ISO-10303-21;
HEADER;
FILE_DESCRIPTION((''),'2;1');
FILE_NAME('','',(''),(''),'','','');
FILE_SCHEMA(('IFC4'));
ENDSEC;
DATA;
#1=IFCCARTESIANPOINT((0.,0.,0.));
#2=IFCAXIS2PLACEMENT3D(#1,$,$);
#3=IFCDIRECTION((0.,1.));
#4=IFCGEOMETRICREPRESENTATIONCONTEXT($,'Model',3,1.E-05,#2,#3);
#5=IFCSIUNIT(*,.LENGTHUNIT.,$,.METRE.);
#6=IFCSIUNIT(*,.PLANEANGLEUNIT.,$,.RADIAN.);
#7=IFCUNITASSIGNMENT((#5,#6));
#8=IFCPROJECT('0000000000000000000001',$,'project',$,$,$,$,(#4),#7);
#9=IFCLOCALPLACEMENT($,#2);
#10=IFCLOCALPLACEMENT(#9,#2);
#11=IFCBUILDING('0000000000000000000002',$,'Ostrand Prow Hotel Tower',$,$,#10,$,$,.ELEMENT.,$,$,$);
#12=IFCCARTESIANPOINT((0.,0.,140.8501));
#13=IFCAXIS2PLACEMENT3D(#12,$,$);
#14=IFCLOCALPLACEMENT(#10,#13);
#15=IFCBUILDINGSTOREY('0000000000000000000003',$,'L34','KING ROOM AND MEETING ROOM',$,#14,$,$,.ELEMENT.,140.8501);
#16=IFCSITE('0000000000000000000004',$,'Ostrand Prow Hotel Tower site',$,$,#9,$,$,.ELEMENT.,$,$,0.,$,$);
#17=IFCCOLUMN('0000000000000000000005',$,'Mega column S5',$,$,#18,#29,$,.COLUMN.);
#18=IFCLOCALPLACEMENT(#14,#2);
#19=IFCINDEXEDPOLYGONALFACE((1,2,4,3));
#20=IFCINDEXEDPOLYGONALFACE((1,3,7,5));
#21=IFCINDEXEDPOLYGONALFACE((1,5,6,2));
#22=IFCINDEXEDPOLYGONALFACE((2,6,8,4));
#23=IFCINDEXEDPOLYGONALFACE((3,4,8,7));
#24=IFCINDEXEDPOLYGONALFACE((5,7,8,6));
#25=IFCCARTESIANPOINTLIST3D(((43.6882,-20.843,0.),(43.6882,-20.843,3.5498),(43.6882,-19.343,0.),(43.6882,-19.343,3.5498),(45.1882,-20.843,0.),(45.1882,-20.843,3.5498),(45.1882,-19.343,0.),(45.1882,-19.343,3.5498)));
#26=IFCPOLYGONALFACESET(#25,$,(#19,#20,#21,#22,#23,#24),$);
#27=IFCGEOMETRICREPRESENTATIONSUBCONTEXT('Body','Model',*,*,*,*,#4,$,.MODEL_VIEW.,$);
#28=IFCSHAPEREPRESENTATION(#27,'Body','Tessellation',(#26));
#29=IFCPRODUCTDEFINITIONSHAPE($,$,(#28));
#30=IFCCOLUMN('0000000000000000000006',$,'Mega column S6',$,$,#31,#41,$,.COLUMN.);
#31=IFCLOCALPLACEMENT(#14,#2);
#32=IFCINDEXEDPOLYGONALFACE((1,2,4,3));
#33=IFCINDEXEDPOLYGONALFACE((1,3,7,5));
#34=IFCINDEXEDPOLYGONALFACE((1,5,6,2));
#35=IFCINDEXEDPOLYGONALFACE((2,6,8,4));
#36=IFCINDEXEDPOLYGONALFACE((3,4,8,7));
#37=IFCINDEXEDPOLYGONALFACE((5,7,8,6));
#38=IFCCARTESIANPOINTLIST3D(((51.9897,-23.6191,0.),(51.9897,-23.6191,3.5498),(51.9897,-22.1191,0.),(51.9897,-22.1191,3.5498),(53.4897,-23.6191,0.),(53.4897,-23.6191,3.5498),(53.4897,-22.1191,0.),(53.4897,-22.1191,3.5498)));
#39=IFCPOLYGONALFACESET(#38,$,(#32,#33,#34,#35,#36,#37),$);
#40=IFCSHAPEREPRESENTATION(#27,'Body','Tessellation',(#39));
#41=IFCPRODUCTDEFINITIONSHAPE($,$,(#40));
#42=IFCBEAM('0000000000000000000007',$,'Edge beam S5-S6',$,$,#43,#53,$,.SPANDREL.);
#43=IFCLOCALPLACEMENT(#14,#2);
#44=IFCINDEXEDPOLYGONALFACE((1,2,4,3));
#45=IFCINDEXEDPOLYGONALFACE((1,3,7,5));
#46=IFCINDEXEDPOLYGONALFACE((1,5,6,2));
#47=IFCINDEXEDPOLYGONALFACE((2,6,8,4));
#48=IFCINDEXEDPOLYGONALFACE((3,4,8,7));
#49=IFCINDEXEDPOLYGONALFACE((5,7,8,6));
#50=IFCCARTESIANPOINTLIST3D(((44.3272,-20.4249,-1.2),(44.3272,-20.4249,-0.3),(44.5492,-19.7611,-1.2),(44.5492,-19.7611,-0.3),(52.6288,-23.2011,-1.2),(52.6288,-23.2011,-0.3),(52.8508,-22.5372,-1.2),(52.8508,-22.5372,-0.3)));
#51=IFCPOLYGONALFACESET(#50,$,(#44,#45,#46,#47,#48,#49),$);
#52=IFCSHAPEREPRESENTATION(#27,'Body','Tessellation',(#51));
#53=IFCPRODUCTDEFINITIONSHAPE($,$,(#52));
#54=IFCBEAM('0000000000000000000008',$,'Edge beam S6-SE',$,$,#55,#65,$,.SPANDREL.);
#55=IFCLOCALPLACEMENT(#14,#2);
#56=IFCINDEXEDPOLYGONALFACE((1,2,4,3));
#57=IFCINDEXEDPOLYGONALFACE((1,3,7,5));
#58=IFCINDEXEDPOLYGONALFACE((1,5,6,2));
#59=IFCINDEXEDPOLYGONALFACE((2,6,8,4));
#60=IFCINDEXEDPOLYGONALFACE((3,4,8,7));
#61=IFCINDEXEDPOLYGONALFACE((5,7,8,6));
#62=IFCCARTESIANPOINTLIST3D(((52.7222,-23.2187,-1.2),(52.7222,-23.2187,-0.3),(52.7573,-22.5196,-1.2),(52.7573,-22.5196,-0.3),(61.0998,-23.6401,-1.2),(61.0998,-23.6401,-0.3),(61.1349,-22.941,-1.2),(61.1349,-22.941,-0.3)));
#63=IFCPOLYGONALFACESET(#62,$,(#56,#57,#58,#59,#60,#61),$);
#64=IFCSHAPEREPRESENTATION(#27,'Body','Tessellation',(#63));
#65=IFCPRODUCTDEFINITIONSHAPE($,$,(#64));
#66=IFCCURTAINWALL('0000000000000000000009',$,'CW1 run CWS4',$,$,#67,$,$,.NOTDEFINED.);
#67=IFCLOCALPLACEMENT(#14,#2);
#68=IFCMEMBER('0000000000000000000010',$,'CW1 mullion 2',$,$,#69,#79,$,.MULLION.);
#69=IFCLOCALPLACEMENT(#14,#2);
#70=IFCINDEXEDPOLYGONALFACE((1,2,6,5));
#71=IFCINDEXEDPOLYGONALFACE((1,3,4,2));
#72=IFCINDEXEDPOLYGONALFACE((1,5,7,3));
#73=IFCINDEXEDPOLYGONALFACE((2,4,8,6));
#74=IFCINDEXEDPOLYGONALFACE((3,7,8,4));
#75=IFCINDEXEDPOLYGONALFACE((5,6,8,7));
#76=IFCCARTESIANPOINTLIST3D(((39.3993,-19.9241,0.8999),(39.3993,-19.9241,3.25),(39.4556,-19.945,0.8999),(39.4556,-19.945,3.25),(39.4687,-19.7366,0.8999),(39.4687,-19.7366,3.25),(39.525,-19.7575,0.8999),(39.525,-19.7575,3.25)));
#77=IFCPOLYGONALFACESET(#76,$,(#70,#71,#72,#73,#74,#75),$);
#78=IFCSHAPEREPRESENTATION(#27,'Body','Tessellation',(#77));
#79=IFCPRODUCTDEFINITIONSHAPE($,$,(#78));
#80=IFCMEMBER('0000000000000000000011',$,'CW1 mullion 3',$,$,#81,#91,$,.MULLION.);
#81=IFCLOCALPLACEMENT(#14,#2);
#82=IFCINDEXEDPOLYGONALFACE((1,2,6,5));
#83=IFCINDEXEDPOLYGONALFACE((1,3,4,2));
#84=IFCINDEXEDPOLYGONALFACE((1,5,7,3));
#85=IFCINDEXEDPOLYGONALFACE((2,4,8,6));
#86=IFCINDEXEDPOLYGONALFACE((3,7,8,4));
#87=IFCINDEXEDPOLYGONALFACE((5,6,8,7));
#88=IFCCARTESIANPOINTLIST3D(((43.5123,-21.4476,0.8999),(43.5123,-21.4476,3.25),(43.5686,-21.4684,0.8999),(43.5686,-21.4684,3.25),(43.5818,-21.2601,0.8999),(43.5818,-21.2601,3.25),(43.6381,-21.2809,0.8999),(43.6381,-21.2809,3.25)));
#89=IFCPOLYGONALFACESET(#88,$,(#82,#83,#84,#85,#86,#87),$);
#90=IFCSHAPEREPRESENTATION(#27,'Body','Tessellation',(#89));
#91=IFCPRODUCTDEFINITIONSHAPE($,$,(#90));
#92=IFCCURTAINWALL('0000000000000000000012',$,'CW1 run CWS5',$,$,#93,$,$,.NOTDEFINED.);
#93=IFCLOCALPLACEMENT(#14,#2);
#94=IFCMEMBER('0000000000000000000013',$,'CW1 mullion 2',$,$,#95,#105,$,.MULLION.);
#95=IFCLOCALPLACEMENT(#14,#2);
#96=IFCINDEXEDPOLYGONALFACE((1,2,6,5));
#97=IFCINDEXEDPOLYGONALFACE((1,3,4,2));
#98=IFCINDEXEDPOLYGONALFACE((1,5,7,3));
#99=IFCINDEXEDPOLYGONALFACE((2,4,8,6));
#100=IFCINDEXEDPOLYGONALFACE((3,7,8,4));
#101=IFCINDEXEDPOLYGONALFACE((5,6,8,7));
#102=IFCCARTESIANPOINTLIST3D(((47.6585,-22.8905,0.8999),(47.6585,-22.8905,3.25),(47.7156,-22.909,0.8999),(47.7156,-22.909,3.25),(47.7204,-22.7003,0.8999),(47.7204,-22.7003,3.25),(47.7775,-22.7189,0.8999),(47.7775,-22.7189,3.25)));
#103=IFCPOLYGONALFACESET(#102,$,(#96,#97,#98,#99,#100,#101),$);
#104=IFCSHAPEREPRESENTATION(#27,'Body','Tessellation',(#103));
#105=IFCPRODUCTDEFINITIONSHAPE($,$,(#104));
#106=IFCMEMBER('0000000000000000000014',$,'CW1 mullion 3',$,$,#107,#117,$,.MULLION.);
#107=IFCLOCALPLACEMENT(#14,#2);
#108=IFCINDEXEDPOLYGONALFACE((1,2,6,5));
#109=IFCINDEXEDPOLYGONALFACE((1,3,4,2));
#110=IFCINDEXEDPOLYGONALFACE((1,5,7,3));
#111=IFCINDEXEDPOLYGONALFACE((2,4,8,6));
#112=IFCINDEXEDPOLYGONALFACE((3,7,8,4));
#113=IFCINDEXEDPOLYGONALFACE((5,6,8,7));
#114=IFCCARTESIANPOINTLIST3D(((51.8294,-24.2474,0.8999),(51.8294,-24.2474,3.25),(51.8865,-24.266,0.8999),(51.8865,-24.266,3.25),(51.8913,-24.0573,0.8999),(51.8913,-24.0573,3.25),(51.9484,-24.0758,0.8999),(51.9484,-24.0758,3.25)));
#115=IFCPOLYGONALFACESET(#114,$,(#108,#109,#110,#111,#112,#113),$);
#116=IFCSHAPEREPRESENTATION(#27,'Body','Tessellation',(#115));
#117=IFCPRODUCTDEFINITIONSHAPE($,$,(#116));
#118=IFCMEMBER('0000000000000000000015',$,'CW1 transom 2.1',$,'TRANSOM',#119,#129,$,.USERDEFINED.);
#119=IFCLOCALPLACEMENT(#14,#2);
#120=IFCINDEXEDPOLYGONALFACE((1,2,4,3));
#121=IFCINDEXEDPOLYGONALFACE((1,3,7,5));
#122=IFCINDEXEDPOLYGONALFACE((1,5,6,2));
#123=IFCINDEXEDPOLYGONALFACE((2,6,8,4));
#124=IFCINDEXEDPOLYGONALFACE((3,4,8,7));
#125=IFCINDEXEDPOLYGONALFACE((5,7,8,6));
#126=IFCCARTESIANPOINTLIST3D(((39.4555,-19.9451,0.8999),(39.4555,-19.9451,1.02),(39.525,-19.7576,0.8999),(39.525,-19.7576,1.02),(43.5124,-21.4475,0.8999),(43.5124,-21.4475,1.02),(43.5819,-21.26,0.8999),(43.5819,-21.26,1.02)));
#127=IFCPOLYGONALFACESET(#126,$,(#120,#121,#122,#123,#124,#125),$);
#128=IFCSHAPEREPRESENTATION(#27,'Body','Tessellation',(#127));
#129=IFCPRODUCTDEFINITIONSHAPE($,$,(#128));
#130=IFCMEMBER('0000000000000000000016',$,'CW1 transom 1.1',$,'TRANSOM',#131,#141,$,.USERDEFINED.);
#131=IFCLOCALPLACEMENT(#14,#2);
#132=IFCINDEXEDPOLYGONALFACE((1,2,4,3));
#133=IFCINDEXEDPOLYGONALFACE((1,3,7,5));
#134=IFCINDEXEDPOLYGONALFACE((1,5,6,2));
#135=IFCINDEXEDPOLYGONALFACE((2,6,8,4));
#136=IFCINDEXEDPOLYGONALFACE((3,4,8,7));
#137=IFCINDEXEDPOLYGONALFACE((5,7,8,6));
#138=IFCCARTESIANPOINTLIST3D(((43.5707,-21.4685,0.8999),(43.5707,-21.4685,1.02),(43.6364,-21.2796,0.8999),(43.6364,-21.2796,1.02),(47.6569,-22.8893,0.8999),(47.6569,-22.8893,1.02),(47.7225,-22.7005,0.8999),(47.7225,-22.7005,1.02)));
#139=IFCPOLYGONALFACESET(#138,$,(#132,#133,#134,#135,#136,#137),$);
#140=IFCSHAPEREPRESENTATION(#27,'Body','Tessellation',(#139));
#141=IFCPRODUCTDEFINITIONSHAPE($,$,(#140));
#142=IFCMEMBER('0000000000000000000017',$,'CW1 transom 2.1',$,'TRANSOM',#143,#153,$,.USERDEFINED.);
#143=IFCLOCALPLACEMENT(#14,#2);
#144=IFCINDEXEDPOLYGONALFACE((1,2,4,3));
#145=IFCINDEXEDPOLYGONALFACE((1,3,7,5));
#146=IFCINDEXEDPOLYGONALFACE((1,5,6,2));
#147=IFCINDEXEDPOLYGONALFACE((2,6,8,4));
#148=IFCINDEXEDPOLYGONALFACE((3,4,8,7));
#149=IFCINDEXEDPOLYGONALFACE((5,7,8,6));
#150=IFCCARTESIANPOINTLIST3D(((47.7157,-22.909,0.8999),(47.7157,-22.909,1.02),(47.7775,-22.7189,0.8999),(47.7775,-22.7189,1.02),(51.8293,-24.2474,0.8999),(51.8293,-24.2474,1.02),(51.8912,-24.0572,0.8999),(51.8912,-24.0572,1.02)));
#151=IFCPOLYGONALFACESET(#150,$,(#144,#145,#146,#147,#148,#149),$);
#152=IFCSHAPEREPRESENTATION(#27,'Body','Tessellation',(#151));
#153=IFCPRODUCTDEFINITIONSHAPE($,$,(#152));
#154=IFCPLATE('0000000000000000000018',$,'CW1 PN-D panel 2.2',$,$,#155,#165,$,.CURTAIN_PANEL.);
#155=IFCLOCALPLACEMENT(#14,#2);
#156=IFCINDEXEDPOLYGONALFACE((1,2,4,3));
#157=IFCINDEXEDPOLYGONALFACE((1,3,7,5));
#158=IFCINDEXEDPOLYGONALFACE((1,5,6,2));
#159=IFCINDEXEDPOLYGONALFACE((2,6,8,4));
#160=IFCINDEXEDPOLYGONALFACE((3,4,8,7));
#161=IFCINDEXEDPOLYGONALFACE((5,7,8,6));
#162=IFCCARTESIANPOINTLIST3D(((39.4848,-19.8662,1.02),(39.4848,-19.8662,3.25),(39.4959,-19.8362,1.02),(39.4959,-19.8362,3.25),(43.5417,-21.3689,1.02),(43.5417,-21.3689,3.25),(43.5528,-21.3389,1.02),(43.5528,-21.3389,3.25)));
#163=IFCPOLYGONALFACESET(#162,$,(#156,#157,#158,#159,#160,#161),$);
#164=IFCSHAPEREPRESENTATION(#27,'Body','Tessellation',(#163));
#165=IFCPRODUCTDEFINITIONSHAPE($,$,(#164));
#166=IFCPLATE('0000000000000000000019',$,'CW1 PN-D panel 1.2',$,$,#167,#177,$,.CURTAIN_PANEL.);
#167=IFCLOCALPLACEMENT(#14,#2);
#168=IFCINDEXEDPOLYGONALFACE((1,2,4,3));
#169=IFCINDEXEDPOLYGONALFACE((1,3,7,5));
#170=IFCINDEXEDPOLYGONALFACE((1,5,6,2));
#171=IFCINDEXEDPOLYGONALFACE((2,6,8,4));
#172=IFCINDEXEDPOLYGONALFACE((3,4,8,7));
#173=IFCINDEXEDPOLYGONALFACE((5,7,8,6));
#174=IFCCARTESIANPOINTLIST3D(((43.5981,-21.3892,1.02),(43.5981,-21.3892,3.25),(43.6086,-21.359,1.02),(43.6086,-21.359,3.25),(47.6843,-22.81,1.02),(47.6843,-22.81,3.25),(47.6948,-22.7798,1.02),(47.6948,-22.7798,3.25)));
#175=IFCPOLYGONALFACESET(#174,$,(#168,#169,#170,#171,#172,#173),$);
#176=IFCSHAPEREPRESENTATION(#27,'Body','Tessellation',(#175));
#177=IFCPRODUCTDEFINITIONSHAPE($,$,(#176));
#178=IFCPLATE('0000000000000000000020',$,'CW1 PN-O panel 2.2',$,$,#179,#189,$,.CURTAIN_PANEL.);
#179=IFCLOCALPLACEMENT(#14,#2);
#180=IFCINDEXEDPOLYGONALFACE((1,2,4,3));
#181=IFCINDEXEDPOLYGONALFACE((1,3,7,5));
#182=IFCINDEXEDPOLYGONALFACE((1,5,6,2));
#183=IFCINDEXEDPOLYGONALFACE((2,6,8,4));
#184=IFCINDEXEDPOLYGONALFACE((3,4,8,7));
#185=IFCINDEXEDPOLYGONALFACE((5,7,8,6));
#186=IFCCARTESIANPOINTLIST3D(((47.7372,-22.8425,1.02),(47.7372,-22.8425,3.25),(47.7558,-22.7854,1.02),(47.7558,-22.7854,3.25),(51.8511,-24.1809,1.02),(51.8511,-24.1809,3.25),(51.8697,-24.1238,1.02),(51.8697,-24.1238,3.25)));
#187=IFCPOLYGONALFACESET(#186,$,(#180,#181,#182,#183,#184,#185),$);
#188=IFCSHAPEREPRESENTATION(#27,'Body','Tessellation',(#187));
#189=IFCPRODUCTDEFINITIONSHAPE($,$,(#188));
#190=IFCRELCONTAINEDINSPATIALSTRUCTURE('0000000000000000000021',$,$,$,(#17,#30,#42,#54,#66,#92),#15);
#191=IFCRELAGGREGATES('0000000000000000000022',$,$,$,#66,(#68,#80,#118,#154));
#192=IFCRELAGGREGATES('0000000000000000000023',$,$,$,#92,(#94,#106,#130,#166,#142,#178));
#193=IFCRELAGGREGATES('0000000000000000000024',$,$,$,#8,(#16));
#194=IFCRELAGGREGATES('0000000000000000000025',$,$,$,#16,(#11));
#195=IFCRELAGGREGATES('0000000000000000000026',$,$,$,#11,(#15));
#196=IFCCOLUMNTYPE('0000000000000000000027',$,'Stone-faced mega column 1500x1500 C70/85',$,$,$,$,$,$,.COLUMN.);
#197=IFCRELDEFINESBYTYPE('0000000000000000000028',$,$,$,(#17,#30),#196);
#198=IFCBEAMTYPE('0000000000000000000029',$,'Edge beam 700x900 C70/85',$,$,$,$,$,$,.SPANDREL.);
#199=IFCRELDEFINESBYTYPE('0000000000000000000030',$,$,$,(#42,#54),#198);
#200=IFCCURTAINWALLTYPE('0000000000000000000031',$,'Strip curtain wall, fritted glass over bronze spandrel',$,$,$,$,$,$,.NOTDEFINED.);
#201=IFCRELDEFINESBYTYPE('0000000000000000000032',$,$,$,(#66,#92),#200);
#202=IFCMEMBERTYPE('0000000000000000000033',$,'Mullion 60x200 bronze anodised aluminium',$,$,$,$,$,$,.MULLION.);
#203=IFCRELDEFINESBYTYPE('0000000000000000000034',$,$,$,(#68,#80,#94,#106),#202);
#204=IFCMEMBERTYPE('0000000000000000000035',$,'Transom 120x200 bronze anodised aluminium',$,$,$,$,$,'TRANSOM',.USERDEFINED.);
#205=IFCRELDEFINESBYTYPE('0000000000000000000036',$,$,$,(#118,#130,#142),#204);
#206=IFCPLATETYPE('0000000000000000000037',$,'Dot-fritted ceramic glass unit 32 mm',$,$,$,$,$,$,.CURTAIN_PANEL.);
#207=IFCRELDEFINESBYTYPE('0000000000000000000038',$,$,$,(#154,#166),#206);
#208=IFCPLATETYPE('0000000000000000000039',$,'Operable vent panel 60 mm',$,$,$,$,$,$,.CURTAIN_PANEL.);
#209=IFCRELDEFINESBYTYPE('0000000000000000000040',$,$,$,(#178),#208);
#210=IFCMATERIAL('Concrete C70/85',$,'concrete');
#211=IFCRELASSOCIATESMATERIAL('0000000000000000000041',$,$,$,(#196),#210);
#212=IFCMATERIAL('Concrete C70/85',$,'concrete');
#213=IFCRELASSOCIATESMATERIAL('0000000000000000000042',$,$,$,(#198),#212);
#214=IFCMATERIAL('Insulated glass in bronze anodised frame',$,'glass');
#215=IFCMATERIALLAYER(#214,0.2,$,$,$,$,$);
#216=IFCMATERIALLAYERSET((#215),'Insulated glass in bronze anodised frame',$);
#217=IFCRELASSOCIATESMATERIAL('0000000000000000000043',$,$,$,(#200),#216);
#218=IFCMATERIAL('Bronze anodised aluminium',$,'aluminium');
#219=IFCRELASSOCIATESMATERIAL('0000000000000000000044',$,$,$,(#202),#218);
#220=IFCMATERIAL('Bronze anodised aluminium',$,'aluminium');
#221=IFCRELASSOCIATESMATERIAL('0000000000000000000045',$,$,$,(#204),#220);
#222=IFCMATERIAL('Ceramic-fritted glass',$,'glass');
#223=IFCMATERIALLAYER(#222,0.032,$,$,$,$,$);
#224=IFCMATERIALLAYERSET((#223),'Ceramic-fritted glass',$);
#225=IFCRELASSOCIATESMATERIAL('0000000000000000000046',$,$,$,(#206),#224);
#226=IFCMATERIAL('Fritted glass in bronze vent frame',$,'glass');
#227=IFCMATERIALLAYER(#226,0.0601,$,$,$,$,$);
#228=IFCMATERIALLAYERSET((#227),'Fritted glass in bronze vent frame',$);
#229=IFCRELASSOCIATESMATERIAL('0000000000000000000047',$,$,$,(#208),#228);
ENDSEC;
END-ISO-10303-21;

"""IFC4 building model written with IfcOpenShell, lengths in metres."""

from ifc_helpers import new_model, si_unit, direction, frame, origin, origin_2d, place, context, subcontext, project, spatial, rectangle, extrude, material, layer, layer_set, material_profile, profile_set, type_object, element, aggregate, save


model = new_model("IFC4")

# Units and contexts
model_context = context("Model", 3, precision=1e-05, world=origin(), true_north=direction((0.0, 1.0)))
body_context = subcontext(model_context, "Body", "Model", "MODEL_VIEW")
ifc_project = project(units=[si_unit("LENGTHUNIT", "METRE"), si_unit("PLANEANGLEUNIT", "RADIAN")], contexts=[model_context])

# Site, building, storey
site_placement = place(None, origin())
site = spatial("IfcSite", under=ifc_project, at=site_placement, Name="Ostrand Prow Hotel Tower site", CompositionType="ELEMENT", RefElevation=0.0)
building_placement = place(site_placement, origin())
building = spatial("IfcBuilding", under=site, at=building_placement, Name="Ostrand Prow Hotel Tower", CompositionType="ELEMENT")
storey_placement = place(building_placement, frame((0.0, 0.0, 140.8501)))
storey = spatial("IfcBuildingStorey", under=building, at=storey_placement, Name="L34", Description="KING ROOM AND MEETING ROOM", CompositionType="ELEMENT", Elevation=140.8501)

# Columns
ifc_material_1 = material(Name="Concrete C70/85", Category="concrete")
ifc_material_profile_1 = material_profile(ifc_material_1, rectangle(XDim=1.5, YDim=1.5, at=origin_2d()), Name="RC 1500x1500")
ifc_profile_set_1 = profile_set([ifc_material_profile_1], Name="Concrete C70/85")
column_type = type_object("IfcColumnType", Name="Stone-faced mega column 1500x1500 C70/85", PredefinedType="COLUMN", material=ifc_profile_set_1)
for number, where, z_axis, x_axis, name in (
    (1, (44.4382, -20.093, 0.0), (0.0, 0.0, 1.0), (1.0, 0.0, 0.0), "Mega column S5"),
    (2, (52.7397, -22.8691, 0.0), (0.0, 0.0, 1.0), (1.0, 0.0, 0.0), "Mega column S6"),
):
    element("IfcColumn", number, at=place(storey_placement, frame(where, z_axis=z_axis, x_axis=x_axis)), inside=storey, type_object=column_type, Name=name, PredefinedType="COLUMN", context=body_context, shape_type="SweptSolid", body=[
        extrude(rectangle(XDim=1.5, YDim=1.5, at=origin_2d()), origin(), (0.0, 0.0, 1.0), 3.5498),
    ])

# Beams
ifc_material_2 = material(Name="Concrete C70/85", Category="concrete")
ifc_material_profile_2 = material_profile(ifc_material_2, rectangle(XDim=0.7, YDim=0.8999, at=origin_2d()), Name="RC 700x900")
ifc_profile_set_2 = profile_set([ifc_material_profile_2], Name="Concrete C70/85")
beam_type = type_object("IfcBeamType", Name="Edge beam 700x900 C70/85", PredefinedType="SPANDREL", material=ifc_profile_set_2)
beam_1_placement = place(storey_placement, frame((44.4382, -20.093, -0.75), z_axis=(0.948376, -0.317148, 0.0), x_axis=(0.317148, 0.948376, 0.0)))
element("IfcBeam", 3, at=beam_1_placement, inside=storey, type_object=beam_type, Name="Edge beam S5-S6", PredefinedType="SPANDREL", context=body_context, shape_type="SweptSolid", body=[
    extrude(rectangle(XDim=0.7, YDim=0.8999, at=origin_2d()), origin(), (0.0, 0.0, 1.0), 8.7534),
])
beam_2_placement = place(storey_placement, frame((52.7397, -22.8691, -0.75), z_axis=(0.998737, -0.050235, 0.0), x_axis=(0.050235, 0.998737, 0.0)))
element("IfcBeam", 4, at=beam_2_placement, inside=storey, type_object=beam_type, Name="Edge beam S6-SE", PredefinedType="SPANDREL", context=body_context, shape_type="SweptSolid", body=[
    extrude(rectangle(XDim=0.7, YDim=0.8999, at=origin_2d()), origin(), (0.0, 0.0, 1.0), 8.3882),
])

# Curtain walls, members
ifc_material_3 = material(Name="Insulated glass in bronze anodised frame", Category="glass")
ifc_layer_1 = layer(ifc_material_3, 0.2)
ifc_layer_set_1 = layer_set([ifc_layer_1], Name="Insulated glass in bronze anodised frame")
curtain_wall_type = type_object("IfcCurtainWallType", Name="Strip curtain wall, fritted glass over bronze spandrel", PredefinedType="NOTDEFINED", material=ifc_layer_set_1)
curtain_wall_1_placement = place(storey_placement, origin())
curtain_wall_1 = element("IfcCurtainWall", 5, at=curtain_wall_1_placement, inside=storey, type_object=curtain_wall_type, Name="CW1 run CWS4", PredefinedType="NOTDEFINED")
ifc_material_4 = material(Name="Bronze anodised aluminium", Category="aluminium")
ifc_material_profile_3 = material_profile(ifc_material_4, rectangle(XDim=0.2, YDim=0.0601, at=origin_2d()), Name="Mullion 60x200 bronze anodised aluminium")
ifc_profile_set_3 = profile_set([ifc_material_profile_3], Name="Bronze anodised aluminium")
member_type_1 = type_object("IfcMemberType", Name="Mullion 60x200 bronze anodised aluminium", PredefinedType="MULLION", material=ifc_profile_set_3)
member_1_placement = place(storey_placement, frame((39.4622, -19.8408, 0.8999), z_axis=(0.0, 0.0, 1.0), x_axis=(0.347342, 0.937739, 0.0)))
member_1 = element("IfcMember", 6, at=member_1_placement, type_object=member_type_1, Name="CW1 mullion 2", PredefinedType="MULLION", context=body_context, shape_type="SweptSolid", body=[
    extrude(rectangle(XDim=0.2, YDim=0.0601, at=origin_2d()), origin(), (0.0, 0.0, 1.0), 2.3501),
])
member_2_placement = place(storey_placement, frame((43.5752, -21.3643, 0.8999), z_axis=(0.0, 0.0, 1.0), x_axis=(0.347342, 0.937739, 0.0)))
member_2 = element("IfcMember", 7, at=member_2_placement, type_object=member_type_1, Name="CW1 mullion 3", PredefinedType="MULLION", context=body_context, shape_type="SweptSolid", body=[
    extrude(rectangle(XDim=0.2, YDim=0.0601, at=origin_2d()), origin(), (0.0, 0.0, 1.0), 2.3501),
])
curtain_wall_2_placement = place(storey_placement, origin())
curtain_wall_2 = element("IfcCurtainWall", 8, at=curtain_wall_2_placement, inside=storey, type_object=curtain_wall_type, Name="CW1 run CWS5", PredefinedType="NOTDEFINED")
member_3_placement = place(storey_placement, frame((47.718, -22.8047, 0.8999), z_axis=(0.0, 0.0, 1.0), x_axis=(0.30938, 0.950938, 0.0)))
member_3 = element("IfcMember", 9, at=member_3_placement, type_object=member_type_1, Name="CW1 mullion 2", PredefinedType="MULLION", context=body_context, shape_type="SweptSolid", body=[
    extrude(rectangle(XDim=0.2, YDim=0.0601, at=origin_2d()), origin(), (0.0, 0.0, 1.0), 2.3501),
])
member_4_placement = place(storey_placement, frame((51.8889, -24.1616, 0.8999), z_axis=(0.0, 0.0, 1.0), x_axis=(0.30938, 0.950938, 0.0)))
member_4 = element("IfcMember", 10, at=member_4_placement, type_object=member_type_1, Name="CW1 mullion 3", PredefinedType="MULLION", context=body_context, shape_type="SweptSolid", body=[
    extrude(rectangle(XDim=0.2, YDim=0.0601, at=origin_2d()), origin(), (0.0, 0.0, 1.0), 2.3501),
])

# Members
ifc_material_5 = material(Name="Bronze anodised aluminium", Category="aluminium")
ifc_material_profile_4 = material_profile(ifc_material_5, rectangle(XDim=0.2, YDim=0.1201, at=origin_2d()), Name="Transom 120x200 bronze anodised aluminium")
ifc_profile_set_4 = profile_set([ifc_material_profile_4], Name="Bronze anodised aluminium")
member_type_2 = type_object("IfcMemberType", Name="Transom 120x200 bronze anodised aluminium", ElementType="TRANSOM", PredefinedType="USERDEFINED", material=ifc_profile_set_4)
member_5_placement = place(storey_placement, frame((39.4902, -19.8513, 0.96), z_axis=(0.937757, -0.347292, 0.0), x_axis=(0.347292, 0.937757, 0.0)))
member_5 = element("IfcMember", 11, at=member_5_placement, type_object=member_type_2, Name="CW1 transom 2.1", ObjectType="TRANSOM", PredefinedType="USERDEFINED", context=body_context, shape_type="SweptSolid", body=[
    extrude(rectangle(XDim=0.2, YDim=0.1201, at=origin_2d()), origin(), (0.0, 0.0, 1.0), 4.3262),
])
member_6_placement = place(storey_placement, frame((43.6035, -21.374, 0.96), z_axis=(0.944524, -0.328442, 0.0), x_axis=(0.328442, 0.944524, 0.0)))
member_6 = element("IfcMember", 12, at=member_6_placement, type_object=member_type_2, Name="CW1 transom 1.1", ObjectType="TRANSOM", PredefinedType="USERDEFINED", context=body_context, shape_type="SweptSolid", body=[
    extrude(rectangle(XDim=0.2, YDim=0.1201, at=origin_2d()), origin(), (0.0, 0.0, 1.0), 4.3262),
])
member_7_placement = place(storey_placement, frame((47.7466, -22.814, 0.96), z_axis=(0.950939, -0.30938, 0.0), x_axis=(0.30938, 0.950939, 0.0)))
member_7 = element("IfcMember", 13, at=member_7_placement, type_object=member_type_2, Name="CW1 transom 2.1", ObjectType="TRANSOM", PredefinedType="USERDEFINED", context=body_context, shape_type="SweptSolid", body=[
    extrude(rectangle(XDim=0.2, YDim=0.1201, at=origin_2d()), origin(), (0.0, 0.0, 1.0), 4.3259),
])

# Plates
ifc_material_6 = material(Name="Ceramic-fritted glass", Category="glass")
ifc_layer_2 = layer(ifc_material_6, 0.032)
ifc_layer_set_2 = layer_set([ifc_layer_2], Name="Ceramic-fritted glass")
plate_type_1 = type_object("IfcPlateType", Name="Dot-fritted ceramic glass unit 32 mm", PredefinedType="CURTAIN_PANEL", material=ifc_layer_set_2)
plate_1_placement = place(storey_placement, frame((41.5188, -20.6025, 1.02), z_axis=(0.0, 0.0, 1.0), x_axis=(0.937739, -0.347342, 0.0)))
plate_1 = element("IfcPlate", 14, at=plate_1_placement, type_object=plate_type_1, Name="CW1 PN-D panel 2.2", PredefinedType="CURTAIN_PANEL", context=body_context, shape_type="SweptSolid", body=[
    extrude(rectangle(XDim=4.3262, YDim=0.032, at=origin_2d()), origin(), (0.0, 0.0, 1.0), 2.23),
])
aggregate(curtain_wall_1, [member_1, member_2, member_5, plate_1])
plate_2_placement = place(storey_placement, frame((45.6465, -22.0845, 1.02), z_axis=(0.0, 0.0, 1.0), x_axis=(0.944529, -0.328428, 0.0)))
plate_2 = element("IfcPlate", 15, at=plate_2_placement, type_object=plate_type_1, Name="CW1 PN-D panel 1.2", PredefinedType="CURTAIN_PANEL", context=body_context, shape_type="SweptSolid", body=[
    extrude(rectangle(XDim=4.3262, YDim=0.032, at=origin_2d()), origin(), (0.0, 0.0, 1.0), 2.23),
])
ifc_material_7 = material(Name="Fritted glass in bronze vent frame", Category="glass")
ifc_layer_3 = layer(ifc_material_7, 0.0601)
ifc_layer_set_3 = layer_set([ifc_layer_3], Name="Fritted glass in bronze vent frame")
plate_type_2 = type_object("IfcPlateType", Name="Operable vent panel 60 mm", PredefinedType="CURTAIN_PANEL", material=ifc_layer_set_3)
plate_3_placement = place(storey_placement, frame((49.8035, -23.4832, 1.02), z_axis=(0.0, 0.0, 1.0), x_axis=(0.950938, -0.30938, 0.0)))
plate_3 = element("IfcPlate", 16, at=plate_3_placement, type_object=plate_type_2, Name="CW1 PN-O panel 2.2", PredefinedType="CURTAIN_PANEL", context=body_context, shape_type="SweptSolid", body=[
    extrude(rectangle(XDim=4.3262, YDim=0.0601, at=origin_2d()), origin(), (0.0, 0.0, 1.0), 2.23),
])
aggregate(curtain_wall_2, [member_3, member_4, member_6, plate_2, member_7, plate_3])

save(model, "model.ifc")
